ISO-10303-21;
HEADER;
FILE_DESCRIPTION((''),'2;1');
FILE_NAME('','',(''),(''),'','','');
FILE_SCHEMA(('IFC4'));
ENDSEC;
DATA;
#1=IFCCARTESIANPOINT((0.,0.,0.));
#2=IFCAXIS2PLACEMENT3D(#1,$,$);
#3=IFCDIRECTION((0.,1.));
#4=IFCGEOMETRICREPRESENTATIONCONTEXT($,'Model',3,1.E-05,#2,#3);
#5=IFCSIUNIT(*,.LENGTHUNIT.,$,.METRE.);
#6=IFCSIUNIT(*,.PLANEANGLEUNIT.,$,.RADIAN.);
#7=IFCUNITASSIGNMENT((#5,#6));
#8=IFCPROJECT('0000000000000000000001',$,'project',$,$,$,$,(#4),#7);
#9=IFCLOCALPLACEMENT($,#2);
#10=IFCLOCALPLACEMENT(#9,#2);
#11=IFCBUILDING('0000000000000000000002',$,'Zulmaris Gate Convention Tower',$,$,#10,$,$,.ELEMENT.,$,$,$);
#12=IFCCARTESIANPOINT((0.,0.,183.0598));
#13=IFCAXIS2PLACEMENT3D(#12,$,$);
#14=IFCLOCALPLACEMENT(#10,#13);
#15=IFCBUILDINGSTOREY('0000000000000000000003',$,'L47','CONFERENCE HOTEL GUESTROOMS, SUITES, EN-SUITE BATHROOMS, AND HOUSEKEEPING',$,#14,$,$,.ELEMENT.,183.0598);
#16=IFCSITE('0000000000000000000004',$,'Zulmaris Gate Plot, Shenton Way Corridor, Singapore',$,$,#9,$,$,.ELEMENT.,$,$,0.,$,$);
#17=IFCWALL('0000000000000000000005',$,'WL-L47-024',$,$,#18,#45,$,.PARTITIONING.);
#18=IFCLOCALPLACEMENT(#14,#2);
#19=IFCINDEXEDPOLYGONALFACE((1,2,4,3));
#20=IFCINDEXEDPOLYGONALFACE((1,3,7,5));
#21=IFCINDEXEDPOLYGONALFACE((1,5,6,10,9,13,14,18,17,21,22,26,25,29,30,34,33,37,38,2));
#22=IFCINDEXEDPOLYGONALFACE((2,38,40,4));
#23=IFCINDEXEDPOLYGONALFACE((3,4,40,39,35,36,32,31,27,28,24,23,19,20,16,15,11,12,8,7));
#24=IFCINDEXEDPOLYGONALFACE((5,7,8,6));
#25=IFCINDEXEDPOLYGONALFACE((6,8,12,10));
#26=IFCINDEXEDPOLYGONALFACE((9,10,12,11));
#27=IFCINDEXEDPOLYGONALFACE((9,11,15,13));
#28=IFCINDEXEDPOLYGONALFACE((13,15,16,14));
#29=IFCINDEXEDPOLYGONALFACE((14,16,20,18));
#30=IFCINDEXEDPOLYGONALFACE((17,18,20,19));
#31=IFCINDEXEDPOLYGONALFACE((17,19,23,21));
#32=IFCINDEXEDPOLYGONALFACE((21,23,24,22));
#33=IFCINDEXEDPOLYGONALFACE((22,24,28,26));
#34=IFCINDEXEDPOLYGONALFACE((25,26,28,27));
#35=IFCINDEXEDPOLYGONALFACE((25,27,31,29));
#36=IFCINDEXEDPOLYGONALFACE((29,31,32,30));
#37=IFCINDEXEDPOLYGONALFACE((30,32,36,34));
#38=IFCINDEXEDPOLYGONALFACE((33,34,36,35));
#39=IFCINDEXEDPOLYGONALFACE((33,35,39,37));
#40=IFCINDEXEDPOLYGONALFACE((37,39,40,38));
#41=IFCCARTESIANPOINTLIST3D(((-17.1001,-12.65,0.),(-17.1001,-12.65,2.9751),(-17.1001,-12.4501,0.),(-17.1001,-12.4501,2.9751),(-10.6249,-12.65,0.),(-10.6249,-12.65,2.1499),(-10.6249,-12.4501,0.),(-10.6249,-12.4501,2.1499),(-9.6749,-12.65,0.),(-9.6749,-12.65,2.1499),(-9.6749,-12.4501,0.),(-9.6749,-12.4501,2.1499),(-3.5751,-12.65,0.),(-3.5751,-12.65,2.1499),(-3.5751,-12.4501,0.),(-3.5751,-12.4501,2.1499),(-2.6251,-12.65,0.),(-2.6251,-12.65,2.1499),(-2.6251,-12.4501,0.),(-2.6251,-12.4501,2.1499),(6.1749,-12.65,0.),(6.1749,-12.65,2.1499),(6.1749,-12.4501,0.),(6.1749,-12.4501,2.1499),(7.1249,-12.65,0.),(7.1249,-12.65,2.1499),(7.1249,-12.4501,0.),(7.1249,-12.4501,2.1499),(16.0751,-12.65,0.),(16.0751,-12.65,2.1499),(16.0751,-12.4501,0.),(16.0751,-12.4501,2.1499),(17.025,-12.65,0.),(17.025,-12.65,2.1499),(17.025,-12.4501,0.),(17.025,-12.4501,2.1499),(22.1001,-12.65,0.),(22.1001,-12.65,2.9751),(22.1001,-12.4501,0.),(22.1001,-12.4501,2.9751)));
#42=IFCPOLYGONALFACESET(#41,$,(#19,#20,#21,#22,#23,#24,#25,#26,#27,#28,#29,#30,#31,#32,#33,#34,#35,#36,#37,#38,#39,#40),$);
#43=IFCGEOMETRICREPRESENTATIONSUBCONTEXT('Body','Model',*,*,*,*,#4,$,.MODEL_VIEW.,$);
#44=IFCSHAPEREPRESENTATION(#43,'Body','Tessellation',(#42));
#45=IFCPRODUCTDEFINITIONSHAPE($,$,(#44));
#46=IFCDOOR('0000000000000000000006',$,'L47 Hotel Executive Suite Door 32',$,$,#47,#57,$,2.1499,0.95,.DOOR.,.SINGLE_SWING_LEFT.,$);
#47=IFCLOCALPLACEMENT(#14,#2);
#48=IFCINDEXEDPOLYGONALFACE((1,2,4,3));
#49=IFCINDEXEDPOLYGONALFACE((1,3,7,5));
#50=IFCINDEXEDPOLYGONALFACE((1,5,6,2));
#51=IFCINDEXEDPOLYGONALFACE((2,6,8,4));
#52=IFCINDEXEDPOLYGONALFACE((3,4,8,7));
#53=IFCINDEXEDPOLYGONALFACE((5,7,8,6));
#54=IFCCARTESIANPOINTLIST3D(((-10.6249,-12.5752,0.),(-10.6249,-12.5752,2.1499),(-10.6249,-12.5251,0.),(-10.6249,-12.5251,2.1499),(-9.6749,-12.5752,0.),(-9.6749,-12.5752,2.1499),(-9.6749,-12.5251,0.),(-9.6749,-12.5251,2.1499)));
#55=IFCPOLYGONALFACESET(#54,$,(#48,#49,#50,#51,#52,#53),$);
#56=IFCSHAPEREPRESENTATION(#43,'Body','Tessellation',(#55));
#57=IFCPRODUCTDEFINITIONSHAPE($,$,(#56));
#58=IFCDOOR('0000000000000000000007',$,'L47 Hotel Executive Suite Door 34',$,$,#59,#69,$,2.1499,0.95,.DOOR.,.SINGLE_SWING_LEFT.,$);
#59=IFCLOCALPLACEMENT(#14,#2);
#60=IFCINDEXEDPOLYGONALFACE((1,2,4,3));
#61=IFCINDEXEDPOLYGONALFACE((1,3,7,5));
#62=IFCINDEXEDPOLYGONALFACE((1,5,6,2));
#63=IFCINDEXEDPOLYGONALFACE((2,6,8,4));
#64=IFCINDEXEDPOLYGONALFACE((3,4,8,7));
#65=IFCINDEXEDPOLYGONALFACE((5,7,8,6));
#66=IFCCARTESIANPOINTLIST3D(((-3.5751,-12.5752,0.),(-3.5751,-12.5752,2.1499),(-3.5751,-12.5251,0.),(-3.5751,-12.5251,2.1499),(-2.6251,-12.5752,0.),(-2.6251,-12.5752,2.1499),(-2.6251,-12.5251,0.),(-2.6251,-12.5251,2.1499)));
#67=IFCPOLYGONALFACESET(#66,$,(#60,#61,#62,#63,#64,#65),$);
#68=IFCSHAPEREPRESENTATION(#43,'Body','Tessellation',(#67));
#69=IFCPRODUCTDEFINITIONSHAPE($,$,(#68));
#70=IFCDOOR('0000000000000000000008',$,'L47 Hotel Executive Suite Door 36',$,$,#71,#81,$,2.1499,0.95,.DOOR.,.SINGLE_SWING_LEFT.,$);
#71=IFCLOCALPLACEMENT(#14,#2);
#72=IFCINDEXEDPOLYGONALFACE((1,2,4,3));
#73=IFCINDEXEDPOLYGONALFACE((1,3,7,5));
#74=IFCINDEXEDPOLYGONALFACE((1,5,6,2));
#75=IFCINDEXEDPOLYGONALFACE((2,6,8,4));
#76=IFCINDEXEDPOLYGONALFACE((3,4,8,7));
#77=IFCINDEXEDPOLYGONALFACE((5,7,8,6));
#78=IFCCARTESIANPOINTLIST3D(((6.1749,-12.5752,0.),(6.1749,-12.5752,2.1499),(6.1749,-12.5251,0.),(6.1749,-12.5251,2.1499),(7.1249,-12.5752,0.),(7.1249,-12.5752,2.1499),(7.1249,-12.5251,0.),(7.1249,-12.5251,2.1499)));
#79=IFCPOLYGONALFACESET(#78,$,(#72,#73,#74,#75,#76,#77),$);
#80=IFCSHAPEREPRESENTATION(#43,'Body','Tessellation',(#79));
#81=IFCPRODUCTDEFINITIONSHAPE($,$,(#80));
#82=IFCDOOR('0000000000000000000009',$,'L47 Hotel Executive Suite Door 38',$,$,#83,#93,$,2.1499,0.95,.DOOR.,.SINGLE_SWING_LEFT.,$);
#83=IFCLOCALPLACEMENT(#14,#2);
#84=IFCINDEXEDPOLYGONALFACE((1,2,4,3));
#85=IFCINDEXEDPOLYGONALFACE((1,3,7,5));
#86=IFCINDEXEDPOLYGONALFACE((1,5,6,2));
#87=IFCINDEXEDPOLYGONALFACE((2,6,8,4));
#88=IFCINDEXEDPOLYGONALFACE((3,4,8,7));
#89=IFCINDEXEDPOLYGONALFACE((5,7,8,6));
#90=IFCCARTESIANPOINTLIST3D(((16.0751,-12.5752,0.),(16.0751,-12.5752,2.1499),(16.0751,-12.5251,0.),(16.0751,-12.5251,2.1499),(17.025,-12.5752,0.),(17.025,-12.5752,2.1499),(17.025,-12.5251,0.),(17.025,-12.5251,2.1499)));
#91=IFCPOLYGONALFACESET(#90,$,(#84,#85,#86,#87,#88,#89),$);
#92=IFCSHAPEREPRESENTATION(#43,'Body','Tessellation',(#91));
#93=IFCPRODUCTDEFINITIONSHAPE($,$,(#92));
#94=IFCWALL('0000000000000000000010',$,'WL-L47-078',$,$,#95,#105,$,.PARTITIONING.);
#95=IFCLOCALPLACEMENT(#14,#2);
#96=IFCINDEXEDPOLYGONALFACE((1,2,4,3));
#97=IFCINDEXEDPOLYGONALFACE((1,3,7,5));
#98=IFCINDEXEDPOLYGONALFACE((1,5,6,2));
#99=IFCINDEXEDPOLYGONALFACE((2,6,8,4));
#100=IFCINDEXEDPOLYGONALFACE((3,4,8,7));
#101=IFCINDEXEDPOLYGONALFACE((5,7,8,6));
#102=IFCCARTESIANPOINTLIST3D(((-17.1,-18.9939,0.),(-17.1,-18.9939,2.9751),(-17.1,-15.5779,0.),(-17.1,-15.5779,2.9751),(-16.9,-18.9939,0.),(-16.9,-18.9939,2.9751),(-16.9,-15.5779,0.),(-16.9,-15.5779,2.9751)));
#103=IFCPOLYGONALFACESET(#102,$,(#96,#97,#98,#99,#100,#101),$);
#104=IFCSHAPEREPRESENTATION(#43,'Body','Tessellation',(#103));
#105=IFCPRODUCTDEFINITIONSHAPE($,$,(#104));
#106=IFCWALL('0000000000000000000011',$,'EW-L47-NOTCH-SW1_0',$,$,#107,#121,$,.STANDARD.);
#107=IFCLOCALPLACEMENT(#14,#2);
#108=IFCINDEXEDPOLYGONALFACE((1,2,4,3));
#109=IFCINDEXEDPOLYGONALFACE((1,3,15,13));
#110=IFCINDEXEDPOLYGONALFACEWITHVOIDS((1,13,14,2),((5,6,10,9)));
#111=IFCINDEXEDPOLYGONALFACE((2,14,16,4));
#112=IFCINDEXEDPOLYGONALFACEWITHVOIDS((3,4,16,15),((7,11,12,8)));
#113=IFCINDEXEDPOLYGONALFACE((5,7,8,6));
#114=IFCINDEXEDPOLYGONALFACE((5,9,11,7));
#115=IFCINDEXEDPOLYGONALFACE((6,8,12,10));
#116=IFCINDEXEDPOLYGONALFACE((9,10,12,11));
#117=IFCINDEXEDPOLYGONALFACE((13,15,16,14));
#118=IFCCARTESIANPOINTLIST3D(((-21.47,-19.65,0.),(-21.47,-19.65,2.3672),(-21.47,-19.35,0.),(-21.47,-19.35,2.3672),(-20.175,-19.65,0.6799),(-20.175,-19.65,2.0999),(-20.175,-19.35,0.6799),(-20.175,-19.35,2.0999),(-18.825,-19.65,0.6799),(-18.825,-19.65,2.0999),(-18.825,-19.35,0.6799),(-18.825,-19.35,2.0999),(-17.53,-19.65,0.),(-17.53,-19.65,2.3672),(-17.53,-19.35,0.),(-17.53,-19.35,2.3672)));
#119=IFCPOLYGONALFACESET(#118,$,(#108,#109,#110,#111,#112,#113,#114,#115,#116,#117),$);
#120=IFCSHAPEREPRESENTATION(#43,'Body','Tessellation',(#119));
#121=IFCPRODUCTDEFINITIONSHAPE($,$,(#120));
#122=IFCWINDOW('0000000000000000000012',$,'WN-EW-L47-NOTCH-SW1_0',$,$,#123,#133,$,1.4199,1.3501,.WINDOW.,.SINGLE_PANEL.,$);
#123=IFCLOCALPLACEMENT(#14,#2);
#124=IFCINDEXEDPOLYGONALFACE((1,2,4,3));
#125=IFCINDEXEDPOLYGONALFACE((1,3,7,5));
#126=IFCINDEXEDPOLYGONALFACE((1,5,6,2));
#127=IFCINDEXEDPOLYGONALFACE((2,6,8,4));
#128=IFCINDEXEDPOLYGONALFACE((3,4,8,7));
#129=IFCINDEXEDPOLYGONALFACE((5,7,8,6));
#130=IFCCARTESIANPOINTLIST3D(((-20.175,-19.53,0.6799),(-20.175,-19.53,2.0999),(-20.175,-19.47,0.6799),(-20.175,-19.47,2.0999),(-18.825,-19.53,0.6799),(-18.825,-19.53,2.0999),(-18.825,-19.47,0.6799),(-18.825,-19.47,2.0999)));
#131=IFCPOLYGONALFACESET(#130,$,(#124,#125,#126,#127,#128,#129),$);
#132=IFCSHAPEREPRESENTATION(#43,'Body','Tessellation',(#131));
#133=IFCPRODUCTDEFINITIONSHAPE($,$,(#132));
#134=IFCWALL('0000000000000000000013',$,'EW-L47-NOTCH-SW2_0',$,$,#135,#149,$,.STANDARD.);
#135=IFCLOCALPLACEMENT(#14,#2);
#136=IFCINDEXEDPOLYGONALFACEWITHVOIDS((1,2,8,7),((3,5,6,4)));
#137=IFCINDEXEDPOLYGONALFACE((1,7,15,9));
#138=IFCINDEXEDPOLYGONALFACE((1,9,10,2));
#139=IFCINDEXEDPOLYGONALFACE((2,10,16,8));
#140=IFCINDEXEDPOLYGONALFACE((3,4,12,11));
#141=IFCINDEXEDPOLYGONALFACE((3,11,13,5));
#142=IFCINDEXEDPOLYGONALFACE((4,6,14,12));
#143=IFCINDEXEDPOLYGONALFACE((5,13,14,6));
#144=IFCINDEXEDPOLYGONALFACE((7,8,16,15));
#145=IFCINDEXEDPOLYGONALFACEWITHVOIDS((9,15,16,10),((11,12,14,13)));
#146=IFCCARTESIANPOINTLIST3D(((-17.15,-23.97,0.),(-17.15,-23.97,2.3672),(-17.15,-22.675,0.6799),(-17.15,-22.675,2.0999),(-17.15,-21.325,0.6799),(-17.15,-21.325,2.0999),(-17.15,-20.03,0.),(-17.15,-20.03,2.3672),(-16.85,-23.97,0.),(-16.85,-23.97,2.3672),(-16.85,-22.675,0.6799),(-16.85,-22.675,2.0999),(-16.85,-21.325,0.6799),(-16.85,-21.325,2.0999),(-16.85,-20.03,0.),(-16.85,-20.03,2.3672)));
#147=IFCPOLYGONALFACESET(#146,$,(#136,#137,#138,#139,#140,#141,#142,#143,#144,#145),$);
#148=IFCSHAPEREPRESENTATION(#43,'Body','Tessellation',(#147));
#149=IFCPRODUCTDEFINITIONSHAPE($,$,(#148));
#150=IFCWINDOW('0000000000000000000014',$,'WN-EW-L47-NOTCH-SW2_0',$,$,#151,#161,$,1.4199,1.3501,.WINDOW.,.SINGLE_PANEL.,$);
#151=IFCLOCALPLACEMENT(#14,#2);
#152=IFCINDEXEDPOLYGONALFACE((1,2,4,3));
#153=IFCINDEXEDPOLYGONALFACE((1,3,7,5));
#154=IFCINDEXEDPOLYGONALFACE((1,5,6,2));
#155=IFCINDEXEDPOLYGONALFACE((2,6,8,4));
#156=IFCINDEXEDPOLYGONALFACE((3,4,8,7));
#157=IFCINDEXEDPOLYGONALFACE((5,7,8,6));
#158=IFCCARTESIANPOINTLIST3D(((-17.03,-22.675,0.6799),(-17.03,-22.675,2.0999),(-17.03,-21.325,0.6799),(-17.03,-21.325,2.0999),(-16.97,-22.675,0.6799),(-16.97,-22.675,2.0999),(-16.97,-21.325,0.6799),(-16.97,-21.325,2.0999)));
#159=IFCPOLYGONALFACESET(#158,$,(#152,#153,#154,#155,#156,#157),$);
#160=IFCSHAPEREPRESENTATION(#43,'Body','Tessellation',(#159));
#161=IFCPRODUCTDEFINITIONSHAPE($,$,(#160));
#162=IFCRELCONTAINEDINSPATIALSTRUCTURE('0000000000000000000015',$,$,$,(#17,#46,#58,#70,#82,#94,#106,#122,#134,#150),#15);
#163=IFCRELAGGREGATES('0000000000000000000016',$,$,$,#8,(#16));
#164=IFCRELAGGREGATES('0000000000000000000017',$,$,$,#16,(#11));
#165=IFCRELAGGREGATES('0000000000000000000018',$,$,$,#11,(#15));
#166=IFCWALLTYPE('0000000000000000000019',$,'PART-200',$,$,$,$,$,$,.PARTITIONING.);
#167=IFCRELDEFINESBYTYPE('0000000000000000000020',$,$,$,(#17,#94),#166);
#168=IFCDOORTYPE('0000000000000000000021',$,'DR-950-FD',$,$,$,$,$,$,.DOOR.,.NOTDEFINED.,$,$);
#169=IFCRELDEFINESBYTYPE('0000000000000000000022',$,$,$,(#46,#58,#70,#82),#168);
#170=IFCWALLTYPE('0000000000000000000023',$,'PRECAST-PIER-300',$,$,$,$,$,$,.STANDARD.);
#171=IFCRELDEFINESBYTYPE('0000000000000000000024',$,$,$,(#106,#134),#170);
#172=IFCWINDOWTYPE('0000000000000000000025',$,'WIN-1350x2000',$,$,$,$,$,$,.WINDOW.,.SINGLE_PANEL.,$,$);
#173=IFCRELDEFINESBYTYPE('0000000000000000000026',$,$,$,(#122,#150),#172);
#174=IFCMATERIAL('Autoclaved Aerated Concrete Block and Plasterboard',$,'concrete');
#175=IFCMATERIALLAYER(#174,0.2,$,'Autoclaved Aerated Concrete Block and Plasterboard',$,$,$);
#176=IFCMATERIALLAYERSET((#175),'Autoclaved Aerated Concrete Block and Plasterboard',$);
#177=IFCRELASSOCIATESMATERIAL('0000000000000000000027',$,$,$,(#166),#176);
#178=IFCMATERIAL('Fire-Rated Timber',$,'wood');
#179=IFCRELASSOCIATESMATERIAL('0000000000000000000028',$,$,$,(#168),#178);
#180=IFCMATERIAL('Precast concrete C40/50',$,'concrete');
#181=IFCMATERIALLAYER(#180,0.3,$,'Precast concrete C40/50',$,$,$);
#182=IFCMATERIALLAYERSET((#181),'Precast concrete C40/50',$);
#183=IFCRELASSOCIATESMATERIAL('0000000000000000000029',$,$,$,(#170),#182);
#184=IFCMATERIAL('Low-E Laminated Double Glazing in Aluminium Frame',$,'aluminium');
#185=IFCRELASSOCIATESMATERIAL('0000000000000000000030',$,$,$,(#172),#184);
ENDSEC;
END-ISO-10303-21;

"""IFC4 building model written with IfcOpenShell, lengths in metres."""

from ifc_helpers import new_model, si_unit, direction, frame, frame_2d, origin, place, context, subcontext, project, spatial, rectangle, extrude, material, layer, layer_set, type_object, element, fill, save


model = new_model("IFC4")

# Units and contexts
model_context = context("Model", 3, precision=1e-05, world=origin(), true_north=direction((0.0, 1.0)))
body_context = subcontext(model_context, "Body", "Model", "MODEL_VIEW")
ifc_project = project(units=[si_unit("LENGTHUNIT", "METRE"), si_unit("PLANEANGLEUNIT", "RADIAN")], contexts=[model_context])

# Site, building, storey
site_placement = place(None, origin())
site = spatial("IfcSite", under=ifc_project, at=site_placement, Name="Zulmaris Gate Plot, Shenton Way Corridor, Singapore", CompositionType="ELEMENT", RefElevation=0.0)
building_placement = place(site_placement, origin())
building = spatial("IfcBuilding", under=site, at=building_placement, Name="Zulmaris Gate Convention Tower", CompositionType="ELEMENT")
storey_placement = place(building_placement, frame((0.0, 0.0, 183.0598)))
storey = spatial("IfcBuildingStorey", under=building, at=storey_placement, Name="L47", Description="CONFERENCE HOTEL GUESTROOMS, SUITES, EN-SUITE BATHROOMS, AND HOUSEKEEPING", CompositionType="ELEMENT", Elevation=183.0598)

# Wall, openings, doors
ifc_material_1 = material(Name="Autoclaved Aerated Concrete Block and Plasterboard", Category="concrete")
ifc_layer_1 = layer(ifc_material_1, 0.2, Name="Autoclaved Aerated Concrete Block and Plasterboard")
ifc_layer_set_1 = layer_set([ifc_layer_1], Name="Autoclaved Aerated Concrete Block and Plasterboard")
wall_type_1 = type_object("IfcWallType", Name="PART-200", PredefinedType="PARTITIONING", material=ifc_layer_set_1)
wall_1_placement = place(storey_placement, frame((-17.1001, -12.55, 0.0), z_axis=(0.0, 0.0, 1.0), x_axis=(1.0, 0.0, 0.0)))
wall_1 = element("IfcWall", 1, at=wall_1_placement, inside=storey, type_object=wall_type_1, Name="WL-L47-024", PredefinedType="PARTITIONING", context=body_context, shape_type="SweptSolid", body=[
    extrude(rectangle(XDim=39.2002, YDim=0.2, at=frame_2d((19.6001, 0.0))), origin(), (0.0, 0.0, 1.0), 2.9751),
])
opening_1_placement = place(wall_1_placement, frame((6.4751, 0.0, 0.0)))
opening_1 = element("IfcOpeningElement", 2, at=opening_1_placement, cuts=wall_1, PredefinedType="OPENING", context=body_context, shape_type="SweptSolid", body=[
    extrude(rectangle(XDim=0.95, YDim=2.1499, at=frame_2d((0.4751, 1.075))), frame((0.0, 0.1099, 0.0), z_axis=(0.0, -1.0, 0.0), x_axis=(1.0, 0.0, 0.0)), (0.0, 0.0, 1.0), 0.22),
])
opening_2_placement = place(wall_1_placement, frame((13.5249, 0.0, 0.0)))
opening_2 = element("IfcOpeningElement", 3, at=opening_2_placement, cuts=wall_1, PredefinedType="OPENING", context=body_context, shape_type="SweptSolid", body=[
    extrude(rectangle(XDim=0.95, YDim=2.1499, at=frame_2d((0.4751, 1.075))), frame((0.0, 0.1099, 0.0), z_axis=(0.0, -1.0, 0.0), x_axis=(1.0, 0.0, 0.0)), (0.0, 0.0, 1.0), 0.22),
])
opening_3_placement = place(wall_1_placement, frame((23.2749, 0.0, 0.0)))
opening_3 = element("IfcOpeningElement", 4, at=opening_3_placement, cuts=wall_1, PredefinedType="OPENING", context=body_context, shape_type="SweptSolid", body=[
    extrude(rectangle(XDim=0.95, YDim=2.1499, at=frame_2d((0.4751, 1.075))), frame((0.0, 0.1099, 0.0), z_axis=(0.0, -1.0, 0.0), x_axis=(1.0, 0.0, 0.0)), (0.0, 0.0, 1.0), 0.22),
])
opening_4_placement = place(wall_1_placement, frame((33.175, 0.0, 0.0)))
opening_4 = element("IfcOpeningElement", 5, at=opening_4_placement, cuts=wall_1, PredefinedType="OPENING", context=body_context, shape_type="SweptSolid", body=[
    extrude(rectangle(XDim=0.95, YDim=2.1499, at=frame_2d((0.4751, 1.075))), frame((0.0, 0.1099, 0.0), z_axis=(0.0, -1.0, 0.0), x_axis=(1.0, 0.0, 0.0)), (0.0, 0.0, 1.0), 0.22),
])
ifc_material_2 = material(Name="Fire-Rated Timber", Category="wood")
door_type_1 = type_object("IfcDoorType", Name="DR-950-FD", OperationType="NOTDEFINED", PredefinedType="DOOR", material=ifc_material_2)
door_1_placement = place(opening_1_placement, origin())
door_1 = element("IfcDoor", 6, at=door_1_placement, inside=storey, type_object=door_type_1, Name="L47 Hotel Executive Suite Door 32", OperationType="SINGLE_SWING_LEFT", OverallHeight=2.1499, OverallWidth=0.95, PredefinedType="DOOR", context=body_context, shape_type="SweptSolid", body=[
    extrude(rectangle(XDim=0.95, YDim=2.1499, at=frame_2d((0.4751, 1.075))), frame((0.0, 0.0249, 0.0), z_axis=(0.0, -1.0, 0.0), x_axis=(1.0, 0.0, 0.0)), (0.0, 0.0, 1.0), 0.05),
])
fill(opening_1, door_1)
door_2_placement = place(opening_2_placement, origin())
door_2 = element("IfcDoor", 7, at=door_2_placement, inside=storey, type_object=door_type_1, Name="L47 Hotel Executive Suite Door 34", OperationType="SINGLE_SWING_LEFT", OverallHeight=2.1499, OverallWidth=0.95, PredefinedType="DOOR", context=body_context, shape_type="SweptSolid", body=[
    extrude(rectangle(XDim=0.95, YDim=2.1499, at=frame_2d((0.4751, 1.075))), frame((0.0, 0.0249, 0.0), z_axis=(0.0, -1.0, 0.0), x_axis=(1.0, 0.0, 0.0)), (0.0, 0.0, 1.0), 0.05),
])
fill(opening_2, door_2)
door_3_placement = place(opening_3_placement, origin())
door_3 = element("IfcDoor", 8, at=door_3_placement, inside=storey, type_object=door_type_1, Name="L47 Hotel Executive Suite Door 36", OperationType="SINGLE_SWING_LEFT", OverallHeight=2.1499, OverallWidth=0.95, PredefinedType="DOOR", context=body_context, shape_type="SweptSolid", body=[
    extrude(rectangle(XDim=0.95, YDim=2.1499, at=frame_2d((0.4751, 1.075))), frame((0.0, 0.0249, 0.0), z_axis=(0.0, -1.0, 0.0), x_axis=(1.0, 0.0, 0.0)), (0.0, 0.0, 1.0), 0.05),
])
fill(opening_3, door_3)
door_4_placement = place(opening_4_placement, origin())
door_4 = element("IfcDoor", 9, at=door_4_placement, inside=storey, type_object=door_type_1, Name="L47 Hotel Executive Suite Door 38", OperationType="SINGLE_SWING_LEFT", OverallHeight=2.1499, OverallWidth=0.95, PredefinedType="DOOR", context=body_context, shape_type="SweptSolid", body=[
    extrude(rectangle(XDim=0.95, YDim=2.1499, at=frame_2d((0.4751, 1.075))), frame((0.0, 0.0249, 0.0), z_axis=(0.0, -1.0, 0.0), x_axis=(1.0, 0.0, 0.0)), (0.0, 0.0, 1.0), 0.05),
])
fill(opening_4, door_4)

# Wall
wall_2_placement = place(storey_placement, frame((-17.0, -18.9939, 0.0), z_axis=(0.0, 0.0, 1.0), x_axis=(0.0, 1.0, 0.0)))
element("IfcWall", 10, at=wall_2_placement, inside=storey, type_object=wall_type_1, Name="WL-L47-078", PredefinedType="PARTITIONING", context=body_context, shape_type="SweptSolid", body=[
    extrude(rectangle(XDim=3.416, YDim=0.2, at=frame_2d((1.708, 0.0))), origin(), (0.0, 0.0, 1.0), 2.9751),
])

# Walls, openings, windows
ifc_material_3 = material(Name="Precast concrete C40/50", Category="concrete")
ifc_layer_2 = layer(ifc_material_3, 0.3, Name="Precast concrete C40/50")
ifc_layer_set_2 = layer_set([ifc_layer_2], Name="Precast concrete C40/50")
wall_type_2 = type_object("IfcWallType", Name="PRECAST-PIER-300", PredefinedType="STANDARD", material=ifc_layer_set_2)
wall_3_placement = place(storey_placement, frame((-21.47, -19.5, 0.0), z_axis=(0.0, 0.0, 1.0), x_axis=(1.0, 0.0, 0.0)))
wall_3 = element("IfcWall", 11, at=wall_3_placement, inside=storey, type_object=wall_type_2, Name="EW-L47-NOTCH-SW1_0", PredefinedType="STANDARD", context=body_context, shape_type="SweptSolid", body=[
    extrude(rectangle(XDim=3.9399, YDim=0.3, at=frame_2d((1.97, 0.0))), origin(), (0.0, 0.0, 1.0), 2.3672),
])
opening_5_placement = place(wall_3_placement, frame((1.2949, 0.0, 0.6799)))
opening_5 = element("IfcOpeningElement", 12, at=opening_5_placement, cuts=wall_3, PredefinedType="OPENING", context=body_context, shape_type="SweptSolid", body=[
    extrude(rectangle(XDim=1.3501, YDim=1.4199, at=frame_2d((0.675, 0.71))), frame((0.0, 0.1602, 0.0), z_axis=(0.0, -1.0, 0.0), x_axis=(1.0, 0.0, 0.0)), (0.0, 0.0, 1.0), 0.3201),
])
ifc_material_4 = material(Name="Low-E Laminated Double Glazing in Aluminium Frame", Category="aluminium")
window_type = type_object("IfcWindowType", Name="WIN-1350x2000", PartitioningType="SINGLE_PANEL", PredefinedType="WINDOW", material=ifc_material_4)
window_1_placement = place(opening_5_placement, origin())
window_1 = element("IfcWindow", 13, at=window_1_placement, inside=storey, type_object=window_type, Name="WN-EW-L47-NOTCH-SW1_0", OverallHeight=1.4199, OverallWidth=1.3501, PartitioningType="SINGLE_PANEL", PredefinedType="WINDOW", context=body_context, shape_type="SweptSolid", body=[
    extrude(rectangle(XDim=1.3501, YDim=1.4199, at=frame_2d((0.675, 0.71))), frame((0.0, 0.03, 0.0), z_axis=(0.0, -1.0, 0.0), x_axis=(1.0, 0.0, 0.0)), (0.0, 0.0, 1.0), 0.0601),
])
fill(opening_5, window_1)
wall_4_placement = place(storey_placement, frame((-17.0, -20.03, 0.0), z_axis=(0.0, 0.0, 1.0), x_axis=(0.0, -1.0, 0.0)))
wall_4 = element("IfcWall", 14, at=wall_4_placement, inside=storey, type_object=wall_type_2, Name="EW-L47-NOTCH-SW2_0", PredefinedType="STANDARD", context=body_context, shape_type="SweptSolid", body=[
    extrude(rectangle(XDim=3.9399, YDim=0.3, at=frame_2d((1.97, 0.0))), origin(), (0.0, 0.0, 1.0), 2.3672),
])
opening_6_placement = place(wall_4_placement, frame((1.2949, 0.0, 0.6799)))
opening_6 = element("IfcOpeningElement", 15, at=opening_6_placement, cuts=wall_4, PredefinedType="OPENING", context=body_context, shape_type="SweptSolid", body=[
    extrude(rectangle(XDim=1.3501, YDim=1.4199, at=frame_2d((0.675, 0.71))), frame((0.0, 0.1602, 0.0), z_axis=(0.0, -1.0, 0.0), x_axis=(1.0, 0.0, 0.0)), (0.0, 0.0, 1.0), 0.3201),
])
window_2_placement = place(opening_6_placement, origin())
window_2 = element("IfcWindow", 16, at=window_2_placement, inside=storey, type_object=window_type, Name="WN-EW-L47-NOTCH-SW2_0", OverallHeight=1.4199, OverallWidth=1.3501, PartitioningType="SINGLE_PANEL", PredefinedType="WINDOW", context=body_context, shape_type="SweptSolid", body=[
    extrude(rectangle(XDim=1.3501, YDim=1.4199, at=frame_2d((0.675, 0.71))), frame((0.0, 0.03, 0.0), z_axis=(0.0, -1.0, 0.0), x_axis=(1.0, 0.0, 0.0)), (0.0, 0.0, 1.0), 0.0601),
])
fill(opening_6, window_2)

save(model, "model.ifc")
